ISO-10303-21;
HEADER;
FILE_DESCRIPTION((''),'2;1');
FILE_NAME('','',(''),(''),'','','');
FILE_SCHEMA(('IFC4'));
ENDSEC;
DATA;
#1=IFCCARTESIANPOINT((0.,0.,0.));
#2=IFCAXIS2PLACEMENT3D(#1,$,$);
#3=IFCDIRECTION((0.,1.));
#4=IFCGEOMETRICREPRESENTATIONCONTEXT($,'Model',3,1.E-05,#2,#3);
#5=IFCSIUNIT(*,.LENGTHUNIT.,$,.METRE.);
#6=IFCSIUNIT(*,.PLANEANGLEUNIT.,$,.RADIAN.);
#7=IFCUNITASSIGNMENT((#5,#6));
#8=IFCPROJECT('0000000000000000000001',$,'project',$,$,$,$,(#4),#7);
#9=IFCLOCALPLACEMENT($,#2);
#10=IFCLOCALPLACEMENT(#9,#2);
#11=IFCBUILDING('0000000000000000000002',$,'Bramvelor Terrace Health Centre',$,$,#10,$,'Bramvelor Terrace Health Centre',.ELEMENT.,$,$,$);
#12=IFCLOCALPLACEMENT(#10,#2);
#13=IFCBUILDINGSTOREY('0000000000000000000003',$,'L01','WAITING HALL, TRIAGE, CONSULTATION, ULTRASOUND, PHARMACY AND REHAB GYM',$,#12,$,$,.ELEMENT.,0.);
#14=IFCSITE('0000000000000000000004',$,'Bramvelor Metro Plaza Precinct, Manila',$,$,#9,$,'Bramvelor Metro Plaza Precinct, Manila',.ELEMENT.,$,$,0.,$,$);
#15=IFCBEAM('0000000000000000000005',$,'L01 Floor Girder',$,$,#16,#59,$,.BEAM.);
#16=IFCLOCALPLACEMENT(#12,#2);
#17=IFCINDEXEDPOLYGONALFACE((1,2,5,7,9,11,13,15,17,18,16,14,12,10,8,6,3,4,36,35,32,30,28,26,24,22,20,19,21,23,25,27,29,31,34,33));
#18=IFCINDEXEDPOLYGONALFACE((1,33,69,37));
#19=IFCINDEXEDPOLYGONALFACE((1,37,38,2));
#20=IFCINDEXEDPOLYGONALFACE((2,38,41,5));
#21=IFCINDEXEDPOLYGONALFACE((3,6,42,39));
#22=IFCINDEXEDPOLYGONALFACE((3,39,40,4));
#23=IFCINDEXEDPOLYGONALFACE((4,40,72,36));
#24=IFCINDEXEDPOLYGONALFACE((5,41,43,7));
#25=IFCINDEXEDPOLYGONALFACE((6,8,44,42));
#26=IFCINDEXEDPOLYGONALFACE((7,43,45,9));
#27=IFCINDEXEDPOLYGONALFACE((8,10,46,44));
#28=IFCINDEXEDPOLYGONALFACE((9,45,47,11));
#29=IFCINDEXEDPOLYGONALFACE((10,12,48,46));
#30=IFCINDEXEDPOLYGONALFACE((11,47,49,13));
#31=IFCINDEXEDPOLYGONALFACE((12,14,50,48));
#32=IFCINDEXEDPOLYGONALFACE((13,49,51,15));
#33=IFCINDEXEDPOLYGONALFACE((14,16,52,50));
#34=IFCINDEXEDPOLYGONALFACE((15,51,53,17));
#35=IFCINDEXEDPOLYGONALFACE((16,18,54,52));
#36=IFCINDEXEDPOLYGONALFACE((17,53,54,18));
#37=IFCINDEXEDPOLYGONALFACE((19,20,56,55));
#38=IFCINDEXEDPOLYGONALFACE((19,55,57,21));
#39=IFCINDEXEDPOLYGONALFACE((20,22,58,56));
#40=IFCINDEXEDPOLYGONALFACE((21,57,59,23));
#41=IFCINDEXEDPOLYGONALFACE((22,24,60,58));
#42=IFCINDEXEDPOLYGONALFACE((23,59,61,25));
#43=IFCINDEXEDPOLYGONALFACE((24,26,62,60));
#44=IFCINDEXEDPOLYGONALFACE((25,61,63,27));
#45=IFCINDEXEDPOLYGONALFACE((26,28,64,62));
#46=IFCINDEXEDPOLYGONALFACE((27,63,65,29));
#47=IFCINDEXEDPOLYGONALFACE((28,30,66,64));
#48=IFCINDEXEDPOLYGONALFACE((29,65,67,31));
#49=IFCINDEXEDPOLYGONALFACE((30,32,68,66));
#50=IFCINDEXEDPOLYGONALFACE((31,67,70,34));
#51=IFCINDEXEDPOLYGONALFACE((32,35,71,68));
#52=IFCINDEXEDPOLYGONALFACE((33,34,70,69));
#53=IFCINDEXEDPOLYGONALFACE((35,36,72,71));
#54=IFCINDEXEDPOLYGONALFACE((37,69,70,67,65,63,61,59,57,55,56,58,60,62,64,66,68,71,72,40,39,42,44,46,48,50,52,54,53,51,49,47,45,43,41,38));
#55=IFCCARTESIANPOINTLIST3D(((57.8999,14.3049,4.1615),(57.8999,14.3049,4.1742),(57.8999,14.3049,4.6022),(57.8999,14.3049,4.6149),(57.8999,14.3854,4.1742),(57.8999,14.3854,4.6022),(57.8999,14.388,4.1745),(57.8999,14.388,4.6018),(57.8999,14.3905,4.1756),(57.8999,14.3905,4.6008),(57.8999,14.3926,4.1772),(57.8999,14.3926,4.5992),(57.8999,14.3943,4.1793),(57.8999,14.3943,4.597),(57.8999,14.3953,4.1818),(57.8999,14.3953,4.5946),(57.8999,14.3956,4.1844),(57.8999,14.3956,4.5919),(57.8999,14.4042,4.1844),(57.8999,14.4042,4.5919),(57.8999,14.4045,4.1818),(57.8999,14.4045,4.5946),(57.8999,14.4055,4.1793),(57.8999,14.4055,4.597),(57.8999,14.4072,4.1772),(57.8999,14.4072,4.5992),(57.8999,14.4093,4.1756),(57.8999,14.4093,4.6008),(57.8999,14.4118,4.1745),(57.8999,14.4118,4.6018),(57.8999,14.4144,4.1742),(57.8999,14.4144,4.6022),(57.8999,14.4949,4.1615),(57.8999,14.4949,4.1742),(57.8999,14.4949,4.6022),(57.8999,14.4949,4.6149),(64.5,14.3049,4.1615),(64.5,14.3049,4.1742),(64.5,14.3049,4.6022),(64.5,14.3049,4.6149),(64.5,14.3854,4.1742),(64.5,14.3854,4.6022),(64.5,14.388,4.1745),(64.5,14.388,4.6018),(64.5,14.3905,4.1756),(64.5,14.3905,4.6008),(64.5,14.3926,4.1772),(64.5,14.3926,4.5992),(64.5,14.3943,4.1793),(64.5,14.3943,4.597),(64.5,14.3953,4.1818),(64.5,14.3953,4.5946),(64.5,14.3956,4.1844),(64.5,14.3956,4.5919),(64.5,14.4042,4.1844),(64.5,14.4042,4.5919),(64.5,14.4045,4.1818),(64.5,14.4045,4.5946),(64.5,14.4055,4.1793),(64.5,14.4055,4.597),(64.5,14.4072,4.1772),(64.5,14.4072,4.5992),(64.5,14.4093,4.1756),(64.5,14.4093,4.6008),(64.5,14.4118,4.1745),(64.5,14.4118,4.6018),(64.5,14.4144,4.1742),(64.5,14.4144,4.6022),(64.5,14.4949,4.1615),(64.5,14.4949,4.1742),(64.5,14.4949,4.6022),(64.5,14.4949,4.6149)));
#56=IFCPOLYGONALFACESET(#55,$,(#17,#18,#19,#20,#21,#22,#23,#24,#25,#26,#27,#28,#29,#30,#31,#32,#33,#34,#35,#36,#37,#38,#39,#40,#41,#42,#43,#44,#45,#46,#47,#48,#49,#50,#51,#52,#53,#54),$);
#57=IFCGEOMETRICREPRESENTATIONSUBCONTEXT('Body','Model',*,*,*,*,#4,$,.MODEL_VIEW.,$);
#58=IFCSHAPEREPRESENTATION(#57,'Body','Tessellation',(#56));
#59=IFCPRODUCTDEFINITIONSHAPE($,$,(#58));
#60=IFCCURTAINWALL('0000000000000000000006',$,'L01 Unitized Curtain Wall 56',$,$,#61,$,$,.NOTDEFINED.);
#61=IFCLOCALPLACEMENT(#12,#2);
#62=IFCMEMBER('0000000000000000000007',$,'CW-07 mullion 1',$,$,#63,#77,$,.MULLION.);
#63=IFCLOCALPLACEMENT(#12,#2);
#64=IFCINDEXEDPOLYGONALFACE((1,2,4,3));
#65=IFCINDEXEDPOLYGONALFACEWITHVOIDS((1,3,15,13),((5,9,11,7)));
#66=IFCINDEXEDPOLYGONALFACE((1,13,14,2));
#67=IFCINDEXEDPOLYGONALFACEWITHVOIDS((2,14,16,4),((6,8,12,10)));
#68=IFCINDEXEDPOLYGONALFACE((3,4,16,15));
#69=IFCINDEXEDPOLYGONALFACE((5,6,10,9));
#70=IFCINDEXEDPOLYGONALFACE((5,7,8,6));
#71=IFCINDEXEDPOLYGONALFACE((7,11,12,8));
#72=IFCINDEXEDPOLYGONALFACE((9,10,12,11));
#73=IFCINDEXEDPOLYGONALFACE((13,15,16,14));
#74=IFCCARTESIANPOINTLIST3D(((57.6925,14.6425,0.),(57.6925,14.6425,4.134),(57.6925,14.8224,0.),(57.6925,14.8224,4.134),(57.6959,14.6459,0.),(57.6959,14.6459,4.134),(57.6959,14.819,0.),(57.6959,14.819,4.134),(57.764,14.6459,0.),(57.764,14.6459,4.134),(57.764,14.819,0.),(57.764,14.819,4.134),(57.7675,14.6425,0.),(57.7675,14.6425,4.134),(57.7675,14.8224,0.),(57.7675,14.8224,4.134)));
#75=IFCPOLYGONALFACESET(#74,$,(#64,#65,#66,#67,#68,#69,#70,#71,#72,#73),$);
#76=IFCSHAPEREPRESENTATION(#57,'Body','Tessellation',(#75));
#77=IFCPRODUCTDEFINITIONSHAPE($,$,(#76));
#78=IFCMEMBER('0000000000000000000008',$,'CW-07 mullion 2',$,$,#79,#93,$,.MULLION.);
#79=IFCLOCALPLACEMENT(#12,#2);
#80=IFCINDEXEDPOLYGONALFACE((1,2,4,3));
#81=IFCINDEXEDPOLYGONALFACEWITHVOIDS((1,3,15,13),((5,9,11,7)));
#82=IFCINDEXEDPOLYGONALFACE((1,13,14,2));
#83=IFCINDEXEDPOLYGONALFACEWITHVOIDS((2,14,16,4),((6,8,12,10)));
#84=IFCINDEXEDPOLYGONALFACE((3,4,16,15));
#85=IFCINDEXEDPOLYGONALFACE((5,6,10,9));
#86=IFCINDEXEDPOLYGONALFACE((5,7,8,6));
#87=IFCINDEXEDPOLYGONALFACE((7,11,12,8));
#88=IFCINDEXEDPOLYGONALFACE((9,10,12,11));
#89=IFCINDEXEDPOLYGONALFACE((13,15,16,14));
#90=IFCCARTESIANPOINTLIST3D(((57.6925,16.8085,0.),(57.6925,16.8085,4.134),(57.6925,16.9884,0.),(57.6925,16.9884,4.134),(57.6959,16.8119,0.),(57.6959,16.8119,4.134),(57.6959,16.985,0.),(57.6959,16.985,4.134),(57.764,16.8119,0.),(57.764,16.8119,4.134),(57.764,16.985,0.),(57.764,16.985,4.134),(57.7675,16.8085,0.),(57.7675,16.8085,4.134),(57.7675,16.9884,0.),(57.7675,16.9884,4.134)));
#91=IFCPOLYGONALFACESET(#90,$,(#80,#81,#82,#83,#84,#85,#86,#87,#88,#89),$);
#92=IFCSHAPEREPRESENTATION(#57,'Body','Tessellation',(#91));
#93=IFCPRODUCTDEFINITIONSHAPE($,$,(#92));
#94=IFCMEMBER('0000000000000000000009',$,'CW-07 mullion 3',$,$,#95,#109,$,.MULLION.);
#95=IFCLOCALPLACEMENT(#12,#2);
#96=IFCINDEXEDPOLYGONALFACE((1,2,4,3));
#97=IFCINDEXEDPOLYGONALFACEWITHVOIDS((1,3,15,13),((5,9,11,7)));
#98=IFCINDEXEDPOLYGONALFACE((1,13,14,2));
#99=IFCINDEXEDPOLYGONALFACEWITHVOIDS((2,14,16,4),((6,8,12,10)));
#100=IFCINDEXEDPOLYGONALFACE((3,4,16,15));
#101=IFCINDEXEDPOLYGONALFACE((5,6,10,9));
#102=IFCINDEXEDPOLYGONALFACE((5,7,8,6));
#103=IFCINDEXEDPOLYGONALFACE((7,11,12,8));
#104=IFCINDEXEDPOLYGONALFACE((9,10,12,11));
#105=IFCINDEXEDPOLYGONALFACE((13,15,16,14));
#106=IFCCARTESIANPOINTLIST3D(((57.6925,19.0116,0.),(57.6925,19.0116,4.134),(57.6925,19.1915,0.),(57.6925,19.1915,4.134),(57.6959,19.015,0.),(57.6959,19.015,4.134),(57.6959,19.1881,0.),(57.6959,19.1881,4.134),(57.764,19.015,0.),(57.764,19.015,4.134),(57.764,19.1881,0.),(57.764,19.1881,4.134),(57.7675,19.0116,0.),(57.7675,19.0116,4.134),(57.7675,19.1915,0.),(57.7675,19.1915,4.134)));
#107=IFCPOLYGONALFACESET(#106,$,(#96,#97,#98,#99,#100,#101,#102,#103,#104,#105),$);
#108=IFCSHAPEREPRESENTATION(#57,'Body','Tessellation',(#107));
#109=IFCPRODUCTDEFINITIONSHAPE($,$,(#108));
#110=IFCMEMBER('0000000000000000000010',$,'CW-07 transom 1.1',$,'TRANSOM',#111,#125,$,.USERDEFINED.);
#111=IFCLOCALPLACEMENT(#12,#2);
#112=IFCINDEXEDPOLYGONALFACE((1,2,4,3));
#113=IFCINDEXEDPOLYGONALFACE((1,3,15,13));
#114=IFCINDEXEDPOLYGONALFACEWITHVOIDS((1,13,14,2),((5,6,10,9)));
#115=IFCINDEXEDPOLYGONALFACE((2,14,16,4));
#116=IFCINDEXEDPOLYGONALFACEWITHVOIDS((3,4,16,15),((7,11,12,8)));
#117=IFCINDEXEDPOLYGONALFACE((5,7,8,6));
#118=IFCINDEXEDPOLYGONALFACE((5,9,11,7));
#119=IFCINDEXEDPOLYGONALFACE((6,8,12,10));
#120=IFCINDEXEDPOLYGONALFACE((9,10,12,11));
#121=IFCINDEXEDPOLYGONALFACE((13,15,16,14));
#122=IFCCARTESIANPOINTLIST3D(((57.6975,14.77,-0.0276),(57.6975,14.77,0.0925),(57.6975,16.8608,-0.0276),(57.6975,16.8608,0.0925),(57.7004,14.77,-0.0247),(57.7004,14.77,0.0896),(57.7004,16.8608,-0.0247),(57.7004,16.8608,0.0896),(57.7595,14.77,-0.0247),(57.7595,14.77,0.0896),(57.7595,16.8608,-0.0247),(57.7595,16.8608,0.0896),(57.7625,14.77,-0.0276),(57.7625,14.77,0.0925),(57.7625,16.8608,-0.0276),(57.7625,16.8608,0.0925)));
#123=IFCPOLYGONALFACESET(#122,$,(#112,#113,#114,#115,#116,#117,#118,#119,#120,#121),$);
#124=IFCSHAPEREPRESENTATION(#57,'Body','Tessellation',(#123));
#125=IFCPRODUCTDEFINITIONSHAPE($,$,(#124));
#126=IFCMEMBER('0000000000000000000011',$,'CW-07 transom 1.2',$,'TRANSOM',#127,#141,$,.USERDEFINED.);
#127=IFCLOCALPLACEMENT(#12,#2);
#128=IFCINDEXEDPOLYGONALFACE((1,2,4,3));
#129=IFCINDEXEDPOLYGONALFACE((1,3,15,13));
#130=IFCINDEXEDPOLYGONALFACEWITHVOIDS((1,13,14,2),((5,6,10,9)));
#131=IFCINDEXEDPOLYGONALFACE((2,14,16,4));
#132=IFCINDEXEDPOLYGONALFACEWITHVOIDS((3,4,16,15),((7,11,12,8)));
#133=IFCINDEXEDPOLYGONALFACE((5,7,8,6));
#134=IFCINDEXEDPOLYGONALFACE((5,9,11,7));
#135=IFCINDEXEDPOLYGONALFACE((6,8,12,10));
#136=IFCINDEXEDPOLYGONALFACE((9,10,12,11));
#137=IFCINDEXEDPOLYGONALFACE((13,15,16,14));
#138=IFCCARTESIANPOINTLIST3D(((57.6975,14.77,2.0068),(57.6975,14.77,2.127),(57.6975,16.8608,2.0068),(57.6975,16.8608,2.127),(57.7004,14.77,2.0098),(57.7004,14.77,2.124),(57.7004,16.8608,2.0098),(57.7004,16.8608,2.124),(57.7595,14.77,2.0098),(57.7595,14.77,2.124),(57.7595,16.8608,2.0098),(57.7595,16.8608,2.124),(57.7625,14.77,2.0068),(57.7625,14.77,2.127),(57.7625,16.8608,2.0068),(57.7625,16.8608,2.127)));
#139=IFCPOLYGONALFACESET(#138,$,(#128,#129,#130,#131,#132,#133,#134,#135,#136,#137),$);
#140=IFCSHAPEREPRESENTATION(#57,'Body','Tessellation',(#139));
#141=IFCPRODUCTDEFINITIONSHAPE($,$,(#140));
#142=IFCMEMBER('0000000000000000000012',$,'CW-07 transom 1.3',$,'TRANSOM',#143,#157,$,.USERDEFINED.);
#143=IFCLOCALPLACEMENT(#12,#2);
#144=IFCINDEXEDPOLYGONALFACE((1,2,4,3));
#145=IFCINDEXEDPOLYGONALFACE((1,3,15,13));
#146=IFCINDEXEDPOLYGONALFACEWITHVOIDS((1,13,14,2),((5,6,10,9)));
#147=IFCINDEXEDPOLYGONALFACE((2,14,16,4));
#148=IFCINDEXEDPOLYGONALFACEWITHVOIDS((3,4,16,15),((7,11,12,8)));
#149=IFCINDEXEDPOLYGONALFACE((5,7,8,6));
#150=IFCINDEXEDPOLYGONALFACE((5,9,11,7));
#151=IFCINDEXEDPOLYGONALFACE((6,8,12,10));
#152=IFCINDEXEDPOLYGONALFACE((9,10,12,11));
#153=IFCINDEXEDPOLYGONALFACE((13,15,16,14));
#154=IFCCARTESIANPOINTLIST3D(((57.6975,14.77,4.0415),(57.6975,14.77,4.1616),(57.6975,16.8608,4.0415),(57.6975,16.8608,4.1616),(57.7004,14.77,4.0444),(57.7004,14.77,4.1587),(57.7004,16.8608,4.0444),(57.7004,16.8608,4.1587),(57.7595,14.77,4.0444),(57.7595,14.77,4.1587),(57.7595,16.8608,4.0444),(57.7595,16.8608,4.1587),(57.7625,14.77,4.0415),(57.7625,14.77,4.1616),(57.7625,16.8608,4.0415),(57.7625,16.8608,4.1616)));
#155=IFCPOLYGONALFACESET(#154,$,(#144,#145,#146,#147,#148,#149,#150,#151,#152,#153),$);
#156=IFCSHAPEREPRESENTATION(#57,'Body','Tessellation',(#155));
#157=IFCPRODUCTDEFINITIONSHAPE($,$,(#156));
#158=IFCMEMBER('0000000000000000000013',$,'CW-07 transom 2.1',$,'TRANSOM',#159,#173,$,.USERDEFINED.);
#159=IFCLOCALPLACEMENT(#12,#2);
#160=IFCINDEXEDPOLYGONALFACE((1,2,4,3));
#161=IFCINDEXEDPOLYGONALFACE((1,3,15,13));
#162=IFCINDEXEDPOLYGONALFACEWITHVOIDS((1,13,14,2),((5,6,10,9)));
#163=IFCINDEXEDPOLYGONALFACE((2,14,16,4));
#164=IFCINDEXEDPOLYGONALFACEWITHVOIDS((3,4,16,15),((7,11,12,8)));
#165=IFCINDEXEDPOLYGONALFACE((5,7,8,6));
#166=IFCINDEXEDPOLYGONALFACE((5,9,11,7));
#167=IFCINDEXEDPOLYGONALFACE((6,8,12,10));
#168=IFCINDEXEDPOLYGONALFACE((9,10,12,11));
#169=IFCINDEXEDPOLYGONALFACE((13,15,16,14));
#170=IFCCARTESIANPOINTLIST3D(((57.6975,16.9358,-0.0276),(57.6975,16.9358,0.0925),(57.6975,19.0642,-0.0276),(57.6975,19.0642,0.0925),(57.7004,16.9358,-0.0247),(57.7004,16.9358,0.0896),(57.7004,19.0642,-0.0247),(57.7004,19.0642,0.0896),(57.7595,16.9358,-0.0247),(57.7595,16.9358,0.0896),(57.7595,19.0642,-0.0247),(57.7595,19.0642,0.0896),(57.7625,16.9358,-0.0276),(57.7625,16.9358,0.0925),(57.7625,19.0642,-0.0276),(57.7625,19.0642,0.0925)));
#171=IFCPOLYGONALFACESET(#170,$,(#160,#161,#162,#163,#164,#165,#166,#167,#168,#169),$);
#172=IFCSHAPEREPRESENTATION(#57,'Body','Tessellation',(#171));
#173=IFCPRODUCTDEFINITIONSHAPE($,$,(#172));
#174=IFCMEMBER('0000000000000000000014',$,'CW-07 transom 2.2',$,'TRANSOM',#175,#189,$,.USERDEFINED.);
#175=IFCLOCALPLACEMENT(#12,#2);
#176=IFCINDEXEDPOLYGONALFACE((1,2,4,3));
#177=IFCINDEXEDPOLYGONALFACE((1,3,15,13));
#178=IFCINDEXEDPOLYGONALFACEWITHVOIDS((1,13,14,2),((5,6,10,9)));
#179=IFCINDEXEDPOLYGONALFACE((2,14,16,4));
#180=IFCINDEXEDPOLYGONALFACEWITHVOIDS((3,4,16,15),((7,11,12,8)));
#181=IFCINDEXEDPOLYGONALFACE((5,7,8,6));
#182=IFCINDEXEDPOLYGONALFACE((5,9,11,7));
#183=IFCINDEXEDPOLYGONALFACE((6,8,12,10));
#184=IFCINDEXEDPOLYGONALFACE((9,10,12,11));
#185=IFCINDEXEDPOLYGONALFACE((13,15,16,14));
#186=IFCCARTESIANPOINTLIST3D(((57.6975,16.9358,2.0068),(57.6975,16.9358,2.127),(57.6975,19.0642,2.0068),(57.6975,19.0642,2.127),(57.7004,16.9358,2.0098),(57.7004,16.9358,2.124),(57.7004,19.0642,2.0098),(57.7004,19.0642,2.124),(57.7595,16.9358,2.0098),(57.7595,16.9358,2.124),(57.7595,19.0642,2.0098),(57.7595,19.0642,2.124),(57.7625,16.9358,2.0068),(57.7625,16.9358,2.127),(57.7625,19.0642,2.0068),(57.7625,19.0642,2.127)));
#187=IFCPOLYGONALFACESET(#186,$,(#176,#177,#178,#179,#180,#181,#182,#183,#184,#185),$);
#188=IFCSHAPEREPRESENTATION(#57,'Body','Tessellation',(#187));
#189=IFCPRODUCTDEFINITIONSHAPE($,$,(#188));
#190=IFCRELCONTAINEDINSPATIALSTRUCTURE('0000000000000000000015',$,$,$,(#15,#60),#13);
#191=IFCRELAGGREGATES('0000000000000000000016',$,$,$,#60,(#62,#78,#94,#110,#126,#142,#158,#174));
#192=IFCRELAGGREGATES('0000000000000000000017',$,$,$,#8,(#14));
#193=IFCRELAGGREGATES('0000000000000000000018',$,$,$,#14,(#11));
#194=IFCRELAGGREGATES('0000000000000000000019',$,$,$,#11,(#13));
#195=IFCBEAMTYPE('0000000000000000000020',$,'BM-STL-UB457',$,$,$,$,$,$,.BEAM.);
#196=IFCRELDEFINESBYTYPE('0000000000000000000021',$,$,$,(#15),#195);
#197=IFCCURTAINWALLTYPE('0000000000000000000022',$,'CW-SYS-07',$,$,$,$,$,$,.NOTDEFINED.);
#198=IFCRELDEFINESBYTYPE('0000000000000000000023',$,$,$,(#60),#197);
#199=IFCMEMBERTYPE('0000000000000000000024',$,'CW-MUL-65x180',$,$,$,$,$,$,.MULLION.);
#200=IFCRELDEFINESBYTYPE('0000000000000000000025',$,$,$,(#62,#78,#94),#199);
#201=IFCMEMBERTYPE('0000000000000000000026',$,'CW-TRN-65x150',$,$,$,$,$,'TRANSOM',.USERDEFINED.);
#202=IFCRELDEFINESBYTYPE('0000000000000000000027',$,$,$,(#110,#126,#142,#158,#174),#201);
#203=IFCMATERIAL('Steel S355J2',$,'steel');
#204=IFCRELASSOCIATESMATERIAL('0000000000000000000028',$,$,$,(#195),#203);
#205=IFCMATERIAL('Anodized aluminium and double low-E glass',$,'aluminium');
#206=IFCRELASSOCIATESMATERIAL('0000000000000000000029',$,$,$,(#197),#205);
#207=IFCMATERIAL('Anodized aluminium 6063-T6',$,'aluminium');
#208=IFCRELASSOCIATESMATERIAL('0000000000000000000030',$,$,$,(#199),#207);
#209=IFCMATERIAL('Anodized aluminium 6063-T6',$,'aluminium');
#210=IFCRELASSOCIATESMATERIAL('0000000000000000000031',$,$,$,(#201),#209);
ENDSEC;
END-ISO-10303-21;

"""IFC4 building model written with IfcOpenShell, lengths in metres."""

from ifc_helpers import new_model, si_unit, direction, frame, origin, origin_2d, place, context, subcontext, project, spatial, hollow_rectangle, i_section, extrude, material, material_profile, profile_set, type_object, element, aggregate, save


model = new_model("IFC4")

# Units and contexts
model_context = context("Model", 3, precision=1e-05, world=origin(), true_north=direction((0.0, 1.0)))
body_context = subcontext(model_context, "Body", "Model", "MODEL_VIEW")
ifc_project = project(units=[si_unit("LENGTHUNIT", "METRE"), si_unit("PLANEANGLEUNIT", "RADIAN")], contexts=[model_context])

# Site, building, storey
site_placement = place(None, origin())
site = spatial("IfcSite", under=ifc_project, at=site_placement, Name="Bramvelor Metro Plaza Precinct, Manila", LongName="Bramvelor Metro Plaza Precinct, Manila", CompositionType="ELEMENT", RefElevation=0.0)
building_placement = place(site_placement, origin())
building = spatial("IfcBuilding", under=site, at=building_placement, Name="Bramvelor Terrace Health Centre", LongName="Bramvelor Terrace Health Centre", CompositionType="ELEMENT")
storey_placement = place(building_placement, origin())
storey = spatial("IfcBuildingStorey", under=building, at=storey_placement, Name="L01", Description="WAITING HALL, TRIAGE, CONSULTATION, ULTRASOUND, PHARMACY AND REHAB GYM", CompositionType="ELEMENT", Elevation=0.0)

# Beam
ifc_material_1 = material(Name="Steel S355J2", Category="steel")
ifc_material_profile_1 = material_profile(ifc_material_1, i_section(OverallWidth=0.1899, OverallDepth=0.4534, WebThickness=0.0085, FlangeThickness=0.0127, FilletRadius=0.0103, at=origin_2d()), Name="UB 457x191x67")
ifc_profile_set_1 = profile_set([ifc_material_profile_1], Name="Steel S355J2")
beam_type_1 = type_object("IfcBeamType", Name="BM-STL-UB457", PredefinedType="BEAM", material=ifc_profile_set_1)
beam_1_placement = place(storey_placement, frame((57.8999, 14.3999, 4.3882), z_axis=(1.0, 0.0, 0.0), x_axis=(0.0, 1.0, 0.0)))
element("IfcBeam", 1, at=beam_1_placement, inside=storey, type_object=beam_type_1, Name="L01 Floor Girder", PredefinedType="BEAM", context=body_context, shape_type="SweptSolid", body=[
    extrude(i_section(OverallWidth=0.1899, OverallDepth=0.4534, WebThickness=0.0085, FlangeThickness=0.0127, FilletRadius=0.0103, at=origin_2d()), origin(), (0.0, 0.0, 1.0), 6.6001),
])

# Curtain wall, members
ifc_material_2 = material(Name="Anodized aluminium and double low-E glass", Category="aluminium")
curtain_wall_type = type_object("IfcCurtainWallType", Name="CW-SYS-07", PredefinedType="NOTDEFINED", material=ifc_material_2)
curtain_wall_placement = place(storey_placement, origin())
curtain_wall = element("IfcCurtainWall", 2, at=curtain_wall_placement, inside=storey, type_object=curtain_wall_type, Name="L01 Unitized Curtain Wall 56", PredefinedType="NOTDEFINED")
ifc_material_3 = material(Name="Anodized aluminium 6063-T6", Category="aluminium")
ifc_material_profile_2 = material_profile(ifc_material_3, hollow_rectangle(XDim=0.075, YDim=0.1799, WallThickness=0.0034, at=origin_2d()), Name="ALU-MUL 75x180x3.5")
ifc_profile_set_2 = profile_set([ifc_material_profile_2], Name="Anodized aluminium 6063-T6")
member_type_1 = type_object("IfcMemberType", Name="CW-MUL-65x180", PredefinedType="MULLION", material=ifc_profile_set_2)
member_1_placement = place(storey_placement, frame((57.73, 14.7324, 0.0), z_axis=(0.0, 0.0, 1.0), x_axis=(-1.0, 0.0, 0.0)))
member_1 = element("IfcMember", 3, at=member_1_placement, type_object=member_type_1, Name="CW-07 mullion 1", PredefinedType="MULLION", context=body_context, shape_type="SweptSolid", body=[
    extrude(hollow_rectangle(XDim=0.075, YDim=0.1799, WallThickness=0.0034, at=origin_2d()), origin(), (0.0, 0.0, 1.0), 4.134),
])
member_2_placement = place(storey_placement, frame((57.73, 16.8984, 0.0), z_axis=(0.0, 0.0, 1.0), x_axis=(-1.0, 0.0, 0.0)))
member_2 = element("IfcMember", 4, at=member_2_placement, type_object=member_type_1, Name="CW-07 mullion 2", PredefinedType="MULLION", context=body_context, shape_type="SweptSolid", body=[
    extrude(hollow_rectangle(XDim=0.075, YDim=0.1799, WallThickness=0.0034, at=origin_2d()), origin(), (0.0, 0.0, 1.0), 4.134),
])
member_3_placement = place(storey_placement, frame((57.73, 19.1016, 0.0), z_axis=(0.0, 0.0, 1.0), x_axis=(-1.0, 0.0, 0.0)))
member_3 = element("IfcMember", 5, at=member_3_placement, type_object=member_type_1, Name="CW-07 mullion 3", PredefinedType="MULLION", context=body_context, shape_type="SweptSolid", body=[
    extrude(hollow_rectangle(XDim=0.075, YDim=0.1799, WallThickness=0.0034, at=origin_2d()), origin(), (0.0, 0.0, 1.0), 4.134),
])
ifc_material_4 = material(Name="Anodized aluminium 6063-T6", Category="aluminium")
ifc_material_profile_3 = material_profile(ifc_material_4, hollow_rectangle(XDim=0.0649, YDim=0.1201, WallThickness=0.0029, at=origin_2d()), Name="ALU-TRN 65x120x3.0")
ifc_profile_set_3 = profile_set([ifc_material_profile_3], Name="Anodized aluminium 6063-T6")
member_type_2 = type_object("IfcMemberType", Name="CW-TRN-65x150", ElementType="TRANSOM", PredefinedType="USERDEFINED", material=ifc_profile_set_3)
member_4_placement = place(storey_placement, frame((57.73, 14.77, 0.0325), z_axis=(0.0, 1.0, 0.0), x_axis=(-1.0, 0.0, 0.0)))
member_4 = element("IfcMember", 6, at=member_4_placement, type_object=member_type_2, Name="CW-07 transom 1.1", ObjectType="TRANSOM", PredefinedType="USERDEFINED", context=body_context, shape_type="SweptSolid", body=[
    extrude(hollow_rectangle(XDim=0.0649, YDim=0.1201, WallThickness=0.0029, at=origin_2d()), origin(), (0.0, 0.0, 1.0), 2.0908),
])
member_5_placement = place(storey_placement, frame((57.73, 14.77, 2.0669), z_axis=(0.0, 1.0, 0.0), x_axis=(-1.0, 0.0, 0.0)))
member_5 = element("IfcMember", 7, at=member_5_placement, type_object=member_type_2, Name="CW-07 transom 1.2", ObjectType="TRANSOM", PredefinedType="USERDEFINED", context=body_context, shape_type="SweptSolid", body=[
    extrude(hollow_rectangle(XDim=0.0649, YDim=0.1201, WallThickness=0.0029, at=origin_2d()), origin(), (0.0, 0.0, 1.0), 2.0908),
])
member_6_placement = place(storey_placement, frame((57.73, 14.77, 4.1016), z_axis=(0.0, 1.0, 0.0), x_axis=(-1.0, 0.0, 0.0)))
member_6 = element("IfcMember", 8, at=member_6_placement, type_object=member_type_2, Name="CW-07 transom 1.3", ObjectType="TRANSOM", PredefinedType="USERDEFINED", context=body_context, shape_type="SweptSolid", body=[
    extrude(hollow_rectangle(XDim=0.0649, YDim=0.1201, WallThickness=0.0029, at=origin_2d()), origin(), (0.0, 0.0, 1.0), 2.0908),
])
member_7_placement = place(storey_placement, frame((57.73, 16.9358, 0.0325), z_axis=(0.0, 1.0, 0.0), x_axis=(-1.0, 0.0, 0.0)))
member_7 = element("IfcMember", 9, at=member_7_placement, type_object=member_type_2, Name="CW-07 transom 2.1", ObjectType="TRANSOM", PredefinedType="USERDEFINED", context=body_context, shape_type="SweptSolid", body=[
    extrude(hollow_rectangle(XDim=0.0649, YDim=0.1201, WallThickness=0.0029, at=origin_2d()), origin(), (0.0, 0.0, 1.0), 2.1284),
])
member_8_placement = place(storey_placement, frame((57.73, 16.9358, 2.0669), z_axis=(0.0, 1.0, 0.0), x_axis=(-1.0, 0.0, 0.0)))
member_8 = element("IfcMember", 10, at=member_8_placement, type_object=member_type_2, Name="CW-07 transom 2.2", ObjectType="TRANSOM", PredefinedType="USERDEFINED", context=body_context, shape_type="SweptSolid", body=[
    extrude(hollow_rectangle(XDim=0.0649, YDim=0.1201, WallThickness=0.0029, at=origin_2d()), origin(), (0.0, 0.0, 1.0), 2.1284),
])
aggregate(curtain_wall, [member_1, member_2, member_3, member_4, member_5, member_6, member_7, member_8])

save(model, "model.ifc")
